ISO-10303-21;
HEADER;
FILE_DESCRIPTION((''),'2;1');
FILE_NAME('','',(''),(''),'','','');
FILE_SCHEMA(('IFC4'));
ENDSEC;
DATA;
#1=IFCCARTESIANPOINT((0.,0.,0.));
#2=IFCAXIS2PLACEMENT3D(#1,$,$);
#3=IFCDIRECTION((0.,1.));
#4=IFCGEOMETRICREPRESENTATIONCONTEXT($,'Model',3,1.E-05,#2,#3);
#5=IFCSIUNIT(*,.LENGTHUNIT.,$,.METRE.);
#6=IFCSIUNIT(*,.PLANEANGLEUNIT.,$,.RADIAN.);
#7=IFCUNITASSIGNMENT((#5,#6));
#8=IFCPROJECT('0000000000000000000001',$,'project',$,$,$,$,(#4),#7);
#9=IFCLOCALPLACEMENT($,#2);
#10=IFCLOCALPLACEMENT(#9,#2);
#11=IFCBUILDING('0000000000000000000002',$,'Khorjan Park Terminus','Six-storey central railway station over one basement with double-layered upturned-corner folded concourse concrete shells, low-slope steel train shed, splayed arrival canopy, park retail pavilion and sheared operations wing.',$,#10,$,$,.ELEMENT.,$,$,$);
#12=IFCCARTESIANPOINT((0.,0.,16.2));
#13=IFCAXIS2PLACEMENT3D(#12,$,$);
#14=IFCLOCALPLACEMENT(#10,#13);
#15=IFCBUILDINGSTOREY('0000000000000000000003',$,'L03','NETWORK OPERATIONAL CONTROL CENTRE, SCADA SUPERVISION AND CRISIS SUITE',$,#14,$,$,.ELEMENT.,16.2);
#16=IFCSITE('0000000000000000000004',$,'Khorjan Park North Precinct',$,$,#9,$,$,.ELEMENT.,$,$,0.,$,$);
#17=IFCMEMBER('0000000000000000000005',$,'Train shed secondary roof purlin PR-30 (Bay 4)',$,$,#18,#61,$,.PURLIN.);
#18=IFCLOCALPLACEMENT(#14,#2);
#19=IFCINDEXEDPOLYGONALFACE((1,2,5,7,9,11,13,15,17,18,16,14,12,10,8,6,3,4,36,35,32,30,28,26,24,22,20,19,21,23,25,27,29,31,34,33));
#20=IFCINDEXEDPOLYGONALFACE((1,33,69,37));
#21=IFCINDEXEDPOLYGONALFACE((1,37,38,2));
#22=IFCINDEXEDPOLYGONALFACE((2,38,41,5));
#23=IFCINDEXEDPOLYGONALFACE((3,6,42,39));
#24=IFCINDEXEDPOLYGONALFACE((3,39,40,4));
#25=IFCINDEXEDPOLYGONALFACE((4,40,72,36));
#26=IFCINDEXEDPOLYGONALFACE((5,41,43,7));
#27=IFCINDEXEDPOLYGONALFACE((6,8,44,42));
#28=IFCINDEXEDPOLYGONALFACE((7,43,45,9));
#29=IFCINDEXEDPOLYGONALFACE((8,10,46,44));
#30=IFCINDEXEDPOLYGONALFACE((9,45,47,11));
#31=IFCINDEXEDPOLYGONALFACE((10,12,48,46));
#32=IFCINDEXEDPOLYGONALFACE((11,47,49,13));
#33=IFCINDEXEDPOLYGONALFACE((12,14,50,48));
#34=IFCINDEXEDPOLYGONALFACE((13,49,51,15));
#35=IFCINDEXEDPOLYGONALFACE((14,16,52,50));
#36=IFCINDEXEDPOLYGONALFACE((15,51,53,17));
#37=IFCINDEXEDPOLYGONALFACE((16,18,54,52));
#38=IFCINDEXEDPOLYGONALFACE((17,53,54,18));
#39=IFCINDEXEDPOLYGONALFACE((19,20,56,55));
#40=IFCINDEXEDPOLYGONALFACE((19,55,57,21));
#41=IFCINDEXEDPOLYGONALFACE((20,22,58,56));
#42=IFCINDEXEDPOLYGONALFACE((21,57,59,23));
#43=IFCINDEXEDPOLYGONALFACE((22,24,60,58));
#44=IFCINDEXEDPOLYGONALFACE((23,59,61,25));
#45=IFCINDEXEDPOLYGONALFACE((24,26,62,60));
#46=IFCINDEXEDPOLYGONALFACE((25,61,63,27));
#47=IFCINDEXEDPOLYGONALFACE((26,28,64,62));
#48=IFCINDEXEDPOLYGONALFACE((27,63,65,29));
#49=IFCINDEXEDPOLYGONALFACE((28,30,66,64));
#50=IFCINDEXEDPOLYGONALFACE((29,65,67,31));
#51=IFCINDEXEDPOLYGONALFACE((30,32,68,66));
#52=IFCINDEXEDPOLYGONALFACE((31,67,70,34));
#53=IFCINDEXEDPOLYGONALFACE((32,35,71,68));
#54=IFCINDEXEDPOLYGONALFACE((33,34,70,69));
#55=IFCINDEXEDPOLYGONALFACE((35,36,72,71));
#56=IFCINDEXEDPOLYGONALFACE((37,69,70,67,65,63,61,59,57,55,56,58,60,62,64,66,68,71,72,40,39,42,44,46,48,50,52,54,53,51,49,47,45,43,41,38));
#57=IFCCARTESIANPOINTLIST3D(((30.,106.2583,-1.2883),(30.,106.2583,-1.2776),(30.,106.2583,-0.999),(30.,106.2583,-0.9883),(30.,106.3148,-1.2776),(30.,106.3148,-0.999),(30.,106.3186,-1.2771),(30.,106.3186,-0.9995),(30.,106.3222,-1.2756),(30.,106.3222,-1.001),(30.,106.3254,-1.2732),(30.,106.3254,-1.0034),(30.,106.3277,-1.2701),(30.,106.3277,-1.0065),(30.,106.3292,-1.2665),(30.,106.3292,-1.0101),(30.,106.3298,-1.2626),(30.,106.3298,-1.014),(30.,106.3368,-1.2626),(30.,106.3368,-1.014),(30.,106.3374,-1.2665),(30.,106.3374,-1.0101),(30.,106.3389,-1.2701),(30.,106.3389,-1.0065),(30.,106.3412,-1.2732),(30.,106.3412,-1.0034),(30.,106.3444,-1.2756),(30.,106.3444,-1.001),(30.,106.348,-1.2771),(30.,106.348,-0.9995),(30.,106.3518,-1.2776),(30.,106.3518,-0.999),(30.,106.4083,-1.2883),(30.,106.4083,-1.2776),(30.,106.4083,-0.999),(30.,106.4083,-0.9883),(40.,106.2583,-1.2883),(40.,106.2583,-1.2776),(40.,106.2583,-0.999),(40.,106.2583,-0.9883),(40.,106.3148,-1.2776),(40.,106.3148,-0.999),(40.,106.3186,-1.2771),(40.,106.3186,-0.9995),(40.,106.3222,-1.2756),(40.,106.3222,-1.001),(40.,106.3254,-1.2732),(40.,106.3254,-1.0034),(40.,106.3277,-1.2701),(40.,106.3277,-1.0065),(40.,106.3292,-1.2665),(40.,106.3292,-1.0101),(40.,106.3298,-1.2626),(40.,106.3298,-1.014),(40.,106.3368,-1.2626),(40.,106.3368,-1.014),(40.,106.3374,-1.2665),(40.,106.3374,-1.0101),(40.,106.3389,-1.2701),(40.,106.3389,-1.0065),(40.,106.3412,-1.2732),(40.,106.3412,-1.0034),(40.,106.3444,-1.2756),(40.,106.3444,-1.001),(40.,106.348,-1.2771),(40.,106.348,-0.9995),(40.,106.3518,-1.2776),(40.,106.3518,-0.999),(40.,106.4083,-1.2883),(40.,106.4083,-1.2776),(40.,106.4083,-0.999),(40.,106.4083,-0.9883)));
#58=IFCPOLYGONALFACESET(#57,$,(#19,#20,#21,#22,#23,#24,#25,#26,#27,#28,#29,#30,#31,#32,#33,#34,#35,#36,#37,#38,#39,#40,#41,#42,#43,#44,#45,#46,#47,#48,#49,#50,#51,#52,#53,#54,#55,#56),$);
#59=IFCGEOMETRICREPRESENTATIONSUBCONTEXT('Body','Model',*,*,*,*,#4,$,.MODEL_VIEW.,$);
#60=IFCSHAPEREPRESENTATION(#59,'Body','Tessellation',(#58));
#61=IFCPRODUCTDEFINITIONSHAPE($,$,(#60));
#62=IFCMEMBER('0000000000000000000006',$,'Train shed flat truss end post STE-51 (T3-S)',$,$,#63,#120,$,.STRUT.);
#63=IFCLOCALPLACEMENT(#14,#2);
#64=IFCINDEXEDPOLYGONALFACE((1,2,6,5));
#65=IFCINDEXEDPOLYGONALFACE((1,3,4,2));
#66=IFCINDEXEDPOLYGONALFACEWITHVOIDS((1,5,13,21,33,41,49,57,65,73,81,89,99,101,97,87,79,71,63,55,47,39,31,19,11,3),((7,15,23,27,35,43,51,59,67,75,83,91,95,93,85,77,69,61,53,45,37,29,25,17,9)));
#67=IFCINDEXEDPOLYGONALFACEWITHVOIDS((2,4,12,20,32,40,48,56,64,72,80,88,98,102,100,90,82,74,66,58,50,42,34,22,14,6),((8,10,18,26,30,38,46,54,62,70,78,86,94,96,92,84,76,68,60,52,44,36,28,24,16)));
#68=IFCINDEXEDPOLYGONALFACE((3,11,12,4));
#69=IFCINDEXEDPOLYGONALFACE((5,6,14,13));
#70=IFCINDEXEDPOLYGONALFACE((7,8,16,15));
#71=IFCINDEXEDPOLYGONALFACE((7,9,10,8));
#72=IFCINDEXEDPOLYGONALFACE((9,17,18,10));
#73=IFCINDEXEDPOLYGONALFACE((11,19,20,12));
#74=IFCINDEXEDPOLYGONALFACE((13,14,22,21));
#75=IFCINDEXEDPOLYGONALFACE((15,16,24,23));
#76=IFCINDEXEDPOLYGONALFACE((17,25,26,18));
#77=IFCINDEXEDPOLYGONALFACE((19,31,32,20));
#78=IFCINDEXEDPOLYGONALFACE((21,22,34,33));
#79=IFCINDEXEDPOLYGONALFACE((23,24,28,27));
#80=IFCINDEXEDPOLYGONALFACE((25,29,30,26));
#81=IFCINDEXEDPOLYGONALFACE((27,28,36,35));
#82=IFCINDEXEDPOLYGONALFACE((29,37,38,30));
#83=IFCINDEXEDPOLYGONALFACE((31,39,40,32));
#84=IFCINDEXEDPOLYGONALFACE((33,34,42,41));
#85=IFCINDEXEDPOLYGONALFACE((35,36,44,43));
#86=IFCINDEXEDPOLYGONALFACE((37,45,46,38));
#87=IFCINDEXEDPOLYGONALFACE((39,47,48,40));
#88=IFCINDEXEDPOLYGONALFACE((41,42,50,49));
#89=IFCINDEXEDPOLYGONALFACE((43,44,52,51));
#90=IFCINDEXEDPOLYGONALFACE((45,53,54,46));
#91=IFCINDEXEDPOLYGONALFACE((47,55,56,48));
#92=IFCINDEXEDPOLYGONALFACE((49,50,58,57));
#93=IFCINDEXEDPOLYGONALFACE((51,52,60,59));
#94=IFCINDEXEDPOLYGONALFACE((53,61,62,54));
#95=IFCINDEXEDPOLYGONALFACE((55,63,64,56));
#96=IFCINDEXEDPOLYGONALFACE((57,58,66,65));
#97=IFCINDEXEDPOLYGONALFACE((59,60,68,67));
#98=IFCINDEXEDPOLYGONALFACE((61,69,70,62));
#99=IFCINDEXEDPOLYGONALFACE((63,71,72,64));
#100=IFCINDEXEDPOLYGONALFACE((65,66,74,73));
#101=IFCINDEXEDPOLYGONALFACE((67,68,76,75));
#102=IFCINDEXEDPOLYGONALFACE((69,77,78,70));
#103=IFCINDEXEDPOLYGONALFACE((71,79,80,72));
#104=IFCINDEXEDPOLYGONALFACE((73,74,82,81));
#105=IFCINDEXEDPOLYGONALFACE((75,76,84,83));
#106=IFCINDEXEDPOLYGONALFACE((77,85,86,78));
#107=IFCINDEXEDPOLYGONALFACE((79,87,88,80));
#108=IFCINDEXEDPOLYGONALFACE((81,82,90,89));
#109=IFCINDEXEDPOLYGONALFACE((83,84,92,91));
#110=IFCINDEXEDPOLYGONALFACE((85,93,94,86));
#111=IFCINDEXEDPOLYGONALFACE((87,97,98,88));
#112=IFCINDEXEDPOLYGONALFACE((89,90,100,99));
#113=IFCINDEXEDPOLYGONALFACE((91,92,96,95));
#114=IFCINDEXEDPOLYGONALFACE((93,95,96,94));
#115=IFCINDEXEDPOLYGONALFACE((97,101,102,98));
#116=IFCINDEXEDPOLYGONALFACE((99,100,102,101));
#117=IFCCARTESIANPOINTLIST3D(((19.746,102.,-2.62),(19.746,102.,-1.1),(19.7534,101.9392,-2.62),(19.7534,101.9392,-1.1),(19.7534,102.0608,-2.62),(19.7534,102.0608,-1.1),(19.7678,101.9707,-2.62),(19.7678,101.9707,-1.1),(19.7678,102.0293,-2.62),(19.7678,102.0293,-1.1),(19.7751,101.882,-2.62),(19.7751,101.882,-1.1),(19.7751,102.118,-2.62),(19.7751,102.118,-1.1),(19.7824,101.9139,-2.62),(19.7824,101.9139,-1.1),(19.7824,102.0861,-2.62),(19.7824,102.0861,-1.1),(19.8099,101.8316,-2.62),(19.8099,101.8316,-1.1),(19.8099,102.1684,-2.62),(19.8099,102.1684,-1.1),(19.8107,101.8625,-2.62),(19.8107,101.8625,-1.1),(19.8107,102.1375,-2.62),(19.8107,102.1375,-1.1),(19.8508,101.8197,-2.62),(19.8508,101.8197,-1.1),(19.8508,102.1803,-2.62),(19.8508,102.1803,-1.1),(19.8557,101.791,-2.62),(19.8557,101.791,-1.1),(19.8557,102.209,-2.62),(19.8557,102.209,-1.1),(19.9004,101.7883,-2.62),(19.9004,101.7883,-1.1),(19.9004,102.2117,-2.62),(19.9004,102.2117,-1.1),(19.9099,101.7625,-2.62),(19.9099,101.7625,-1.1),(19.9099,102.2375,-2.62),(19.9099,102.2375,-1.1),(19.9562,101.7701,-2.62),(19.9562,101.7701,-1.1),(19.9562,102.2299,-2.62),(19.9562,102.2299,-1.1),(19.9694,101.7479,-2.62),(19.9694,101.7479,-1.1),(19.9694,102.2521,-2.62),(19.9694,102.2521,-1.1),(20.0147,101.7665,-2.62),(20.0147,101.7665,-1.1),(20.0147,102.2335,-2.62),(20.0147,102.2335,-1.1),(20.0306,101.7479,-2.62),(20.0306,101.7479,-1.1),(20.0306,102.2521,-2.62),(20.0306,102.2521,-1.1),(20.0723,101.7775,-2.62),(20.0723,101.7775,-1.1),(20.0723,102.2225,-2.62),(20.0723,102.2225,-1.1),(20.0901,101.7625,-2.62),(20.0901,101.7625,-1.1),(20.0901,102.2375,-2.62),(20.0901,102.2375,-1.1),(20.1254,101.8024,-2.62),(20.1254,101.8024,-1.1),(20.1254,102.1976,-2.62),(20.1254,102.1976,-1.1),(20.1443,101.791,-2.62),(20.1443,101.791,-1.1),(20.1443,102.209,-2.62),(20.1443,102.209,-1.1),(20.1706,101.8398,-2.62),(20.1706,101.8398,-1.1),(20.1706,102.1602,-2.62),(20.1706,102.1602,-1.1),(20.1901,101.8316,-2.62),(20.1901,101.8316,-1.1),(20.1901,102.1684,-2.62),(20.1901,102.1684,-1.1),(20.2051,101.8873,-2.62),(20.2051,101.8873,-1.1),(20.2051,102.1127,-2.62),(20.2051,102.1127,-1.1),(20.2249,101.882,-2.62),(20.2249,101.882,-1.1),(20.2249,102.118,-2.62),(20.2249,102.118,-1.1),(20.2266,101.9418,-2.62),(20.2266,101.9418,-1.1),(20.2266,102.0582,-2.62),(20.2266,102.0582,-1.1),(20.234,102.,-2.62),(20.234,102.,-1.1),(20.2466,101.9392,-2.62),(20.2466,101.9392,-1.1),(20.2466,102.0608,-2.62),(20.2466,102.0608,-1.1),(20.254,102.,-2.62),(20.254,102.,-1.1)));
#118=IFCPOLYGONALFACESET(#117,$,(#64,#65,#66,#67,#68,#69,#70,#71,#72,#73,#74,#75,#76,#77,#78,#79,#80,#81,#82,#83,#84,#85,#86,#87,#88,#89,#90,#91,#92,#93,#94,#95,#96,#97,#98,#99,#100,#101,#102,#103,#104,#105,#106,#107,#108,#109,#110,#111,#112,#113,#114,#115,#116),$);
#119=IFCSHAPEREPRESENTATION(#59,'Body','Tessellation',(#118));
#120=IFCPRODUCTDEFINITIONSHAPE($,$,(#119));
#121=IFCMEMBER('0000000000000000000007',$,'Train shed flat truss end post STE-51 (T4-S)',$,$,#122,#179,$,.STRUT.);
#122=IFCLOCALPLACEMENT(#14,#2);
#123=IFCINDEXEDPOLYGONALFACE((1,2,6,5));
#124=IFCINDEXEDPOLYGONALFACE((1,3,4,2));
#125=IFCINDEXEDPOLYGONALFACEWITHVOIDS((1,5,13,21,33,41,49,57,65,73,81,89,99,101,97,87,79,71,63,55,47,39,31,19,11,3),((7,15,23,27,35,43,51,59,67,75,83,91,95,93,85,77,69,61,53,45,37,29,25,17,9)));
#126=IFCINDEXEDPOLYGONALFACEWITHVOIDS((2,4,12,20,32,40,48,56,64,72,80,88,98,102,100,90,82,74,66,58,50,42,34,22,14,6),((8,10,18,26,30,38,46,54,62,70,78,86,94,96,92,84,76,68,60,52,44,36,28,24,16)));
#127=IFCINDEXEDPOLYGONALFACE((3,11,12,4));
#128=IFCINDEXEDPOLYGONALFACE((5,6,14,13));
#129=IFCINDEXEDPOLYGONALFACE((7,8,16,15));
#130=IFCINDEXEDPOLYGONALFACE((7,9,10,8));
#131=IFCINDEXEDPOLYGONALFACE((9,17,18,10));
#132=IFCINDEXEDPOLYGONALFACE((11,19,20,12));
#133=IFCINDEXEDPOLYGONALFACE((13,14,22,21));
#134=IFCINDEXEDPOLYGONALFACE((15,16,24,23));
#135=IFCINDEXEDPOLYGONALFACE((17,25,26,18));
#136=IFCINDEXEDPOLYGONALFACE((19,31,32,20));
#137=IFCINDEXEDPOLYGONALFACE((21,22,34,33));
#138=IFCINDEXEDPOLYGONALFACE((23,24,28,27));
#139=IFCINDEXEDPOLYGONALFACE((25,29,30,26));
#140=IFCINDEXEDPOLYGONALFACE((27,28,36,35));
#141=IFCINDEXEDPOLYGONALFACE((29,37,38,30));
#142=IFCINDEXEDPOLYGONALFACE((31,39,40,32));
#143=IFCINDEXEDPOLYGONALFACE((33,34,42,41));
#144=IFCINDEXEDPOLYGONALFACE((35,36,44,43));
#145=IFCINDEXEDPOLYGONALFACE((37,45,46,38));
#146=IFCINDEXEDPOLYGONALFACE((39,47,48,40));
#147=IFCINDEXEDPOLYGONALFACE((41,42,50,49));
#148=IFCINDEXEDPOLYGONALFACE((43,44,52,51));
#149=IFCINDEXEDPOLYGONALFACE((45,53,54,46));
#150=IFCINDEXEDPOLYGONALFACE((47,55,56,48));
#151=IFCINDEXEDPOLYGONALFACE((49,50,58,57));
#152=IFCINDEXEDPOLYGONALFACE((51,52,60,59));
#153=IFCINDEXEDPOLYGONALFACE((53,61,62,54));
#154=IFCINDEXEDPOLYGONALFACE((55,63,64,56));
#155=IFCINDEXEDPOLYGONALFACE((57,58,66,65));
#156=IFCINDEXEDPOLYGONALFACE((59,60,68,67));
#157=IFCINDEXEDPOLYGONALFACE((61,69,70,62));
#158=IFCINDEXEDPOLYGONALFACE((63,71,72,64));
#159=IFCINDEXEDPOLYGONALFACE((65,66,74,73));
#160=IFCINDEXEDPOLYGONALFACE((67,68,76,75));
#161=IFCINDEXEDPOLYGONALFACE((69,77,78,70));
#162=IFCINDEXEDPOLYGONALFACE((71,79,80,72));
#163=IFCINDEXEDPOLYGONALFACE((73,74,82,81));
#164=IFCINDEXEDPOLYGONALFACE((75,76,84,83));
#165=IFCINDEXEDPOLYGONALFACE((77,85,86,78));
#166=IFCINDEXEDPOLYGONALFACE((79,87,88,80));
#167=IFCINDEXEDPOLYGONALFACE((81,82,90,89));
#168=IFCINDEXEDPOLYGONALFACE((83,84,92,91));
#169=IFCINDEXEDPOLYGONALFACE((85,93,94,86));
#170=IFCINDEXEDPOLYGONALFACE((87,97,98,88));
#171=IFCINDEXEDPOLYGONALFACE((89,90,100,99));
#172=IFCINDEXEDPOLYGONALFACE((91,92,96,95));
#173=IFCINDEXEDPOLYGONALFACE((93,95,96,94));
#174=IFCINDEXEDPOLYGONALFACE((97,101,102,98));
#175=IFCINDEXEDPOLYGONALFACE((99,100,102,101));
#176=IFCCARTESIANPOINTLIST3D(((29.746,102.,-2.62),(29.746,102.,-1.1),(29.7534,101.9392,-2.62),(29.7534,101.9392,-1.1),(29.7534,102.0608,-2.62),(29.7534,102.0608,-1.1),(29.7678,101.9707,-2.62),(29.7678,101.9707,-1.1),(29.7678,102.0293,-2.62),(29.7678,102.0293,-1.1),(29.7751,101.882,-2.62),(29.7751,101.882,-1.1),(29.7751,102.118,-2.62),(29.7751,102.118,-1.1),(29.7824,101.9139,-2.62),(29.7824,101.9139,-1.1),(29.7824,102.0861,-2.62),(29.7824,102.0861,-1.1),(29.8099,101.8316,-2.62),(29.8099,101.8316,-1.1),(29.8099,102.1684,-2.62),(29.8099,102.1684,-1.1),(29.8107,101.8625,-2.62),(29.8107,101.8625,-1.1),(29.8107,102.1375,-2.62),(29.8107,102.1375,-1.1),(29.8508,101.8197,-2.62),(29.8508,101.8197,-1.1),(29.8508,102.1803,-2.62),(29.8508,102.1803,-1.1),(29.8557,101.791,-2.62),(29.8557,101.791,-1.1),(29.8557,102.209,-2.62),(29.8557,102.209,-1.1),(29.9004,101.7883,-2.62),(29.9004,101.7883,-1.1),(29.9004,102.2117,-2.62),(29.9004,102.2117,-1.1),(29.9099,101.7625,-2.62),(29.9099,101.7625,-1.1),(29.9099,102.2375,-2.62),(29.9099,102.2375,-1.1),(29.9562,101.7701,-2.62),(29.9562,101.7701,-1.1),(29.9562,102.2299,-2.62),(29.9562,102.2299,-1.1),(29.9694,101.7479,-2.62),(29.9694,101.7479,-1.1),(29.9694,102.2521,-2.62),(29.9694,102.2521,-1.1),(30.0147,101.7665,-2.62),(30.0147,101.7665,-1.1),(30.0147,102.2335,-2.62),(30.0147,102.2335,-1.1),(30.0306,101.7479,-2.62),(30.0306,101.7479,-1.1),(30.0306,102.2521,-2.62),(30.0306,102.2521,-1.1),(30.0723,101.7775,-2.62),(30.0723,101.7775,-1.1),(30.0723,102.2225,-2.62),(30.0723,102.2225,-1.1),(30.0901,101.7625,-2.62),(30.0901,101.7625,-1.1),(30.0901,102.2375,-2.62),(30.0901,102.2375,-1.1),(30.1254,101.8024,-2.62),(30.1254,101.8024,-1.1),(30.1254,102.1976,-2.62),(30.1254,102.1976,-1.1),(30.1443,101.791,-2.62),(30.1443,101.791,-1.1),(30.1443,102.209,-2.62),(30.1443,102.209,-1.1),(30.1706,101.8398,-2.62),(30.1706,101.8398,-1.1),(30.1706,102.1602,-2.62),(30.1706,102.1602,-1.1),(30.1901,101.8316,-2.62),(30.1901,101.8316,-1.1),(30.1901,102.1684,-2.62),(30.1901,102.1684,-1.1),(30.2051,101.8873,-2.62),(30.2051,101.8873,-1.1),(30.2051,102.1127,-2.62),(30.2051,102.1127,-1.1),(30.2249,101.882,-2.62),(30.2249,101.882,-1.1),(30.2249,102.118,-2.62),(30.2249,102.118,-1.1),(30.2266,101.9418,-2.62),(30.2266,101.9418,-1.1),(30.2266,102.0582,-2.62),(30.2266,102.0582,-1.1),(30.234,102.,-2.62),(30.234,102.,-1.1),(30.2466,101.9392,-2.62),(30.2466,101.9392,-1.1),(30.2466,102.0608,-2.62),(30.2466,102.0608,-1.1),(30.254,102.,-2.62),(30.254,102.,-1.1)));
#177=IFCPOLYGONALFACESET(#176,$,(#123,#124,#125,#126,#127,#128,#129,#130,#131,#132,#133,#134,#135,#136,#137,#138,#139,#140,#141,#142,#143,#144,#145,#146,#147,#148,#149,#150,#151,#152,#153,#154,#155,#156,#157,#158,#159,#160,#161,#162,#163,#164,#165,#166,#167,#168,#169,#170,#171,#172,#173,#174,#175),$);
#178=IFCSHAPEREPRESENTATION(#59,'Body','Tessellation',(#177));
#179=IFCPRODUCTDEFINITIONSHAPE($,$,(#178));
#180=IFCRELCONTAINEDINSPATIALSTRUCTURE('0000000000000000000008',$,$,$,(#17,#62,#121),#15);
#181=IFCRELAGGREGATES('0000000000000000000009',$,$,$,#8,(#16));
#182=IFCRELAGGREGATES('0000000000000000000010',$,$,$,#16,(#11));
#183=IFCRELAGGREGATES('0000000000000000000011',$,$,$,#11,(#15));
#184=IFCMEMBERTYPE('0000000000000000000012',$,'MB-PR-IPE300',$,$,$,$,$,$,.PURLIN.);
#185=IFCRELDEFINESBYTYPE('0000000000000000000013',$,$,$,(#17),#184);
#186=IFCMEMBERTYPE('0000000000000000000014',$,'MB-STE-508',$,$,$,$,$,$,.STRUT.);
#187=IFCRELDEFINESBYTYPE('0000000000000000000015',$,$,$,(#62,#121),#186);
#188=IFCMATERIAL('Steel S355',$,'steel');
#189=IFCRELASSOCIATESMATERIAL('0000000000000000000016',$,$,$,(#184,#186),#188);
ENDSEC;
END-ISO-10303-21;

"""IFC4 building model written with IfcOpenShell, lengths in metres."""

from ifc_helpers import new_model, si_unit, direction, frame, origin, origin_2d, place, context, subcontext, project, spatial, hollow_circle, i_section, extrude, material, material_profile, profile_set, type_object, element, save


model = new_model("IFC4")

# Units and contexts
model_context = context("Model", 3, precision=1e-05, world=origin(), true_north=direction((0.0, 1.0)))
body_context = subcontext(model_context, "Body", "Model", "MODEL_VIEW")
ifc_project = project(units=[si_unit("LENGTHUNIT", "METRE"), si_unit("PLANEANGLEUNIT", "RADIAN")], contexts=[model_context])

# Site, building, storey
site_placement = place(None, origin())
site = spatial("IfcSite", under=ifc_project, at=site_placement, Name="Khorjan Park North Precinct", CompositionType="ELEMENT", RefElevation=0.0)
building_placement = place(site_placement, origin())
building = spatial("IfcBuilding", under=site, at=building_placement, Name="Khorjan Park Terminus", Description="Six-storey central railway station over one basement with double-layered upturned-corner folded concourse concrete shells, low-slope steel train shed, splayed arrival canopy, park retail pavilion and sheared operations wing.", CompositionType="ELEMENT")
storey_placement = place(building_placement, frame((0.0, 0.0, 16.2)))
storey = spatial("IfcBuildingStorey", under=building, at=storey_placement, Name="L03", Description="NETWORK OPERATIONAL CONTROL CENTRE, SCADA SUPERVISION AND CRISIS SUITE", CompositionType="ELEMENT", Elevation=16.2)

# Members
ifc_material = material(Name="Steel S355", Category="steel")
ifc_material_profile_1 = material_profile(ifc_material, i_section(OverallWidth=0.15, OverallDepth=0.3, WebThickness=0.0071, FlangeThickness=0.0107, FilletRadius=0.015, at=origin_2d()), Name="IPE 300")
ifc_profile_set_1 = profile_set([ifc_material_profile_1], Name="Steel S355")
member_type_1 = type_object("IfcMemberType", Name="MB-PR-IPE300", PredefinedType="PURLIN", material=ifc_profile_set_1)
member_1_placement = place(storey_placement, frame((30.0, 106.3333, -1.1383), z_axis=(1.0, 0.0, 0.0), x_axis=(0.0, 1.0, 0.0)))
element("IfcMember", 1, at=member_1_placement, inside=storey, type_object=member_type_1, Name="Train shed secondary roof purlin PR-30 (Bay 4)", PredefinedType="PURLIN", context=body_context, shape_type="SweptSolid", body=[
    extrude(i_section(OverallWidth=0.15, OverallDepth=0.3, WebThickness=0.0071, FlangeThickness=0.0107, FilletRadius=0.015, at=origin_2d()), origin(), (0.0, 0.0, 1.0), 10.0),
])
ifc_material_profile_2 = material_profile(ifc_material, hollow_circle(Radius=0.254, WallThickness=0.02, at=origin_2d()), Name="CHS 508x20")
ifc_profile_set_2 = profile_set([ifc_material_profile_2], Name="Steel S355")
member_type_2 = type_object("IfcMemberType", Name="MB-STE-508", PredefinedType="STRUT", material=ifc_profile_set_2)
for number, where, z_axis, x_axis, name in (
    (2, (20.0, 102.0, -2.62), (0.0, 0.0, 1.0), (1.0, 0.0, 0.0), "Train shed flat truss end post STE-51 (T3-S)"),
    (3, (30.0, 102.0, -2.62), (0.0, 0.0, 1.0), (1.0, 0.0, 0.0), "Train shed flat truss end post STE-51 (T4-S)"),
):
    element("IfcMember", number, at=place(storey_placement, frame(where, z_axis=z_axis, x_axis=x_axis)), inside=storey, type_object=member_type_2, Name=name, PredefinedType="STRUT", context=body_context, shape_type="SweptSolid", body=[
        extrude(hollow_circle(Radius=0.254, WallThickness=0.02, at=origin_2d()), origin(), (0.0, 0.0, 1.0), 1.52),
    ])

save(model, "model.ifc")
